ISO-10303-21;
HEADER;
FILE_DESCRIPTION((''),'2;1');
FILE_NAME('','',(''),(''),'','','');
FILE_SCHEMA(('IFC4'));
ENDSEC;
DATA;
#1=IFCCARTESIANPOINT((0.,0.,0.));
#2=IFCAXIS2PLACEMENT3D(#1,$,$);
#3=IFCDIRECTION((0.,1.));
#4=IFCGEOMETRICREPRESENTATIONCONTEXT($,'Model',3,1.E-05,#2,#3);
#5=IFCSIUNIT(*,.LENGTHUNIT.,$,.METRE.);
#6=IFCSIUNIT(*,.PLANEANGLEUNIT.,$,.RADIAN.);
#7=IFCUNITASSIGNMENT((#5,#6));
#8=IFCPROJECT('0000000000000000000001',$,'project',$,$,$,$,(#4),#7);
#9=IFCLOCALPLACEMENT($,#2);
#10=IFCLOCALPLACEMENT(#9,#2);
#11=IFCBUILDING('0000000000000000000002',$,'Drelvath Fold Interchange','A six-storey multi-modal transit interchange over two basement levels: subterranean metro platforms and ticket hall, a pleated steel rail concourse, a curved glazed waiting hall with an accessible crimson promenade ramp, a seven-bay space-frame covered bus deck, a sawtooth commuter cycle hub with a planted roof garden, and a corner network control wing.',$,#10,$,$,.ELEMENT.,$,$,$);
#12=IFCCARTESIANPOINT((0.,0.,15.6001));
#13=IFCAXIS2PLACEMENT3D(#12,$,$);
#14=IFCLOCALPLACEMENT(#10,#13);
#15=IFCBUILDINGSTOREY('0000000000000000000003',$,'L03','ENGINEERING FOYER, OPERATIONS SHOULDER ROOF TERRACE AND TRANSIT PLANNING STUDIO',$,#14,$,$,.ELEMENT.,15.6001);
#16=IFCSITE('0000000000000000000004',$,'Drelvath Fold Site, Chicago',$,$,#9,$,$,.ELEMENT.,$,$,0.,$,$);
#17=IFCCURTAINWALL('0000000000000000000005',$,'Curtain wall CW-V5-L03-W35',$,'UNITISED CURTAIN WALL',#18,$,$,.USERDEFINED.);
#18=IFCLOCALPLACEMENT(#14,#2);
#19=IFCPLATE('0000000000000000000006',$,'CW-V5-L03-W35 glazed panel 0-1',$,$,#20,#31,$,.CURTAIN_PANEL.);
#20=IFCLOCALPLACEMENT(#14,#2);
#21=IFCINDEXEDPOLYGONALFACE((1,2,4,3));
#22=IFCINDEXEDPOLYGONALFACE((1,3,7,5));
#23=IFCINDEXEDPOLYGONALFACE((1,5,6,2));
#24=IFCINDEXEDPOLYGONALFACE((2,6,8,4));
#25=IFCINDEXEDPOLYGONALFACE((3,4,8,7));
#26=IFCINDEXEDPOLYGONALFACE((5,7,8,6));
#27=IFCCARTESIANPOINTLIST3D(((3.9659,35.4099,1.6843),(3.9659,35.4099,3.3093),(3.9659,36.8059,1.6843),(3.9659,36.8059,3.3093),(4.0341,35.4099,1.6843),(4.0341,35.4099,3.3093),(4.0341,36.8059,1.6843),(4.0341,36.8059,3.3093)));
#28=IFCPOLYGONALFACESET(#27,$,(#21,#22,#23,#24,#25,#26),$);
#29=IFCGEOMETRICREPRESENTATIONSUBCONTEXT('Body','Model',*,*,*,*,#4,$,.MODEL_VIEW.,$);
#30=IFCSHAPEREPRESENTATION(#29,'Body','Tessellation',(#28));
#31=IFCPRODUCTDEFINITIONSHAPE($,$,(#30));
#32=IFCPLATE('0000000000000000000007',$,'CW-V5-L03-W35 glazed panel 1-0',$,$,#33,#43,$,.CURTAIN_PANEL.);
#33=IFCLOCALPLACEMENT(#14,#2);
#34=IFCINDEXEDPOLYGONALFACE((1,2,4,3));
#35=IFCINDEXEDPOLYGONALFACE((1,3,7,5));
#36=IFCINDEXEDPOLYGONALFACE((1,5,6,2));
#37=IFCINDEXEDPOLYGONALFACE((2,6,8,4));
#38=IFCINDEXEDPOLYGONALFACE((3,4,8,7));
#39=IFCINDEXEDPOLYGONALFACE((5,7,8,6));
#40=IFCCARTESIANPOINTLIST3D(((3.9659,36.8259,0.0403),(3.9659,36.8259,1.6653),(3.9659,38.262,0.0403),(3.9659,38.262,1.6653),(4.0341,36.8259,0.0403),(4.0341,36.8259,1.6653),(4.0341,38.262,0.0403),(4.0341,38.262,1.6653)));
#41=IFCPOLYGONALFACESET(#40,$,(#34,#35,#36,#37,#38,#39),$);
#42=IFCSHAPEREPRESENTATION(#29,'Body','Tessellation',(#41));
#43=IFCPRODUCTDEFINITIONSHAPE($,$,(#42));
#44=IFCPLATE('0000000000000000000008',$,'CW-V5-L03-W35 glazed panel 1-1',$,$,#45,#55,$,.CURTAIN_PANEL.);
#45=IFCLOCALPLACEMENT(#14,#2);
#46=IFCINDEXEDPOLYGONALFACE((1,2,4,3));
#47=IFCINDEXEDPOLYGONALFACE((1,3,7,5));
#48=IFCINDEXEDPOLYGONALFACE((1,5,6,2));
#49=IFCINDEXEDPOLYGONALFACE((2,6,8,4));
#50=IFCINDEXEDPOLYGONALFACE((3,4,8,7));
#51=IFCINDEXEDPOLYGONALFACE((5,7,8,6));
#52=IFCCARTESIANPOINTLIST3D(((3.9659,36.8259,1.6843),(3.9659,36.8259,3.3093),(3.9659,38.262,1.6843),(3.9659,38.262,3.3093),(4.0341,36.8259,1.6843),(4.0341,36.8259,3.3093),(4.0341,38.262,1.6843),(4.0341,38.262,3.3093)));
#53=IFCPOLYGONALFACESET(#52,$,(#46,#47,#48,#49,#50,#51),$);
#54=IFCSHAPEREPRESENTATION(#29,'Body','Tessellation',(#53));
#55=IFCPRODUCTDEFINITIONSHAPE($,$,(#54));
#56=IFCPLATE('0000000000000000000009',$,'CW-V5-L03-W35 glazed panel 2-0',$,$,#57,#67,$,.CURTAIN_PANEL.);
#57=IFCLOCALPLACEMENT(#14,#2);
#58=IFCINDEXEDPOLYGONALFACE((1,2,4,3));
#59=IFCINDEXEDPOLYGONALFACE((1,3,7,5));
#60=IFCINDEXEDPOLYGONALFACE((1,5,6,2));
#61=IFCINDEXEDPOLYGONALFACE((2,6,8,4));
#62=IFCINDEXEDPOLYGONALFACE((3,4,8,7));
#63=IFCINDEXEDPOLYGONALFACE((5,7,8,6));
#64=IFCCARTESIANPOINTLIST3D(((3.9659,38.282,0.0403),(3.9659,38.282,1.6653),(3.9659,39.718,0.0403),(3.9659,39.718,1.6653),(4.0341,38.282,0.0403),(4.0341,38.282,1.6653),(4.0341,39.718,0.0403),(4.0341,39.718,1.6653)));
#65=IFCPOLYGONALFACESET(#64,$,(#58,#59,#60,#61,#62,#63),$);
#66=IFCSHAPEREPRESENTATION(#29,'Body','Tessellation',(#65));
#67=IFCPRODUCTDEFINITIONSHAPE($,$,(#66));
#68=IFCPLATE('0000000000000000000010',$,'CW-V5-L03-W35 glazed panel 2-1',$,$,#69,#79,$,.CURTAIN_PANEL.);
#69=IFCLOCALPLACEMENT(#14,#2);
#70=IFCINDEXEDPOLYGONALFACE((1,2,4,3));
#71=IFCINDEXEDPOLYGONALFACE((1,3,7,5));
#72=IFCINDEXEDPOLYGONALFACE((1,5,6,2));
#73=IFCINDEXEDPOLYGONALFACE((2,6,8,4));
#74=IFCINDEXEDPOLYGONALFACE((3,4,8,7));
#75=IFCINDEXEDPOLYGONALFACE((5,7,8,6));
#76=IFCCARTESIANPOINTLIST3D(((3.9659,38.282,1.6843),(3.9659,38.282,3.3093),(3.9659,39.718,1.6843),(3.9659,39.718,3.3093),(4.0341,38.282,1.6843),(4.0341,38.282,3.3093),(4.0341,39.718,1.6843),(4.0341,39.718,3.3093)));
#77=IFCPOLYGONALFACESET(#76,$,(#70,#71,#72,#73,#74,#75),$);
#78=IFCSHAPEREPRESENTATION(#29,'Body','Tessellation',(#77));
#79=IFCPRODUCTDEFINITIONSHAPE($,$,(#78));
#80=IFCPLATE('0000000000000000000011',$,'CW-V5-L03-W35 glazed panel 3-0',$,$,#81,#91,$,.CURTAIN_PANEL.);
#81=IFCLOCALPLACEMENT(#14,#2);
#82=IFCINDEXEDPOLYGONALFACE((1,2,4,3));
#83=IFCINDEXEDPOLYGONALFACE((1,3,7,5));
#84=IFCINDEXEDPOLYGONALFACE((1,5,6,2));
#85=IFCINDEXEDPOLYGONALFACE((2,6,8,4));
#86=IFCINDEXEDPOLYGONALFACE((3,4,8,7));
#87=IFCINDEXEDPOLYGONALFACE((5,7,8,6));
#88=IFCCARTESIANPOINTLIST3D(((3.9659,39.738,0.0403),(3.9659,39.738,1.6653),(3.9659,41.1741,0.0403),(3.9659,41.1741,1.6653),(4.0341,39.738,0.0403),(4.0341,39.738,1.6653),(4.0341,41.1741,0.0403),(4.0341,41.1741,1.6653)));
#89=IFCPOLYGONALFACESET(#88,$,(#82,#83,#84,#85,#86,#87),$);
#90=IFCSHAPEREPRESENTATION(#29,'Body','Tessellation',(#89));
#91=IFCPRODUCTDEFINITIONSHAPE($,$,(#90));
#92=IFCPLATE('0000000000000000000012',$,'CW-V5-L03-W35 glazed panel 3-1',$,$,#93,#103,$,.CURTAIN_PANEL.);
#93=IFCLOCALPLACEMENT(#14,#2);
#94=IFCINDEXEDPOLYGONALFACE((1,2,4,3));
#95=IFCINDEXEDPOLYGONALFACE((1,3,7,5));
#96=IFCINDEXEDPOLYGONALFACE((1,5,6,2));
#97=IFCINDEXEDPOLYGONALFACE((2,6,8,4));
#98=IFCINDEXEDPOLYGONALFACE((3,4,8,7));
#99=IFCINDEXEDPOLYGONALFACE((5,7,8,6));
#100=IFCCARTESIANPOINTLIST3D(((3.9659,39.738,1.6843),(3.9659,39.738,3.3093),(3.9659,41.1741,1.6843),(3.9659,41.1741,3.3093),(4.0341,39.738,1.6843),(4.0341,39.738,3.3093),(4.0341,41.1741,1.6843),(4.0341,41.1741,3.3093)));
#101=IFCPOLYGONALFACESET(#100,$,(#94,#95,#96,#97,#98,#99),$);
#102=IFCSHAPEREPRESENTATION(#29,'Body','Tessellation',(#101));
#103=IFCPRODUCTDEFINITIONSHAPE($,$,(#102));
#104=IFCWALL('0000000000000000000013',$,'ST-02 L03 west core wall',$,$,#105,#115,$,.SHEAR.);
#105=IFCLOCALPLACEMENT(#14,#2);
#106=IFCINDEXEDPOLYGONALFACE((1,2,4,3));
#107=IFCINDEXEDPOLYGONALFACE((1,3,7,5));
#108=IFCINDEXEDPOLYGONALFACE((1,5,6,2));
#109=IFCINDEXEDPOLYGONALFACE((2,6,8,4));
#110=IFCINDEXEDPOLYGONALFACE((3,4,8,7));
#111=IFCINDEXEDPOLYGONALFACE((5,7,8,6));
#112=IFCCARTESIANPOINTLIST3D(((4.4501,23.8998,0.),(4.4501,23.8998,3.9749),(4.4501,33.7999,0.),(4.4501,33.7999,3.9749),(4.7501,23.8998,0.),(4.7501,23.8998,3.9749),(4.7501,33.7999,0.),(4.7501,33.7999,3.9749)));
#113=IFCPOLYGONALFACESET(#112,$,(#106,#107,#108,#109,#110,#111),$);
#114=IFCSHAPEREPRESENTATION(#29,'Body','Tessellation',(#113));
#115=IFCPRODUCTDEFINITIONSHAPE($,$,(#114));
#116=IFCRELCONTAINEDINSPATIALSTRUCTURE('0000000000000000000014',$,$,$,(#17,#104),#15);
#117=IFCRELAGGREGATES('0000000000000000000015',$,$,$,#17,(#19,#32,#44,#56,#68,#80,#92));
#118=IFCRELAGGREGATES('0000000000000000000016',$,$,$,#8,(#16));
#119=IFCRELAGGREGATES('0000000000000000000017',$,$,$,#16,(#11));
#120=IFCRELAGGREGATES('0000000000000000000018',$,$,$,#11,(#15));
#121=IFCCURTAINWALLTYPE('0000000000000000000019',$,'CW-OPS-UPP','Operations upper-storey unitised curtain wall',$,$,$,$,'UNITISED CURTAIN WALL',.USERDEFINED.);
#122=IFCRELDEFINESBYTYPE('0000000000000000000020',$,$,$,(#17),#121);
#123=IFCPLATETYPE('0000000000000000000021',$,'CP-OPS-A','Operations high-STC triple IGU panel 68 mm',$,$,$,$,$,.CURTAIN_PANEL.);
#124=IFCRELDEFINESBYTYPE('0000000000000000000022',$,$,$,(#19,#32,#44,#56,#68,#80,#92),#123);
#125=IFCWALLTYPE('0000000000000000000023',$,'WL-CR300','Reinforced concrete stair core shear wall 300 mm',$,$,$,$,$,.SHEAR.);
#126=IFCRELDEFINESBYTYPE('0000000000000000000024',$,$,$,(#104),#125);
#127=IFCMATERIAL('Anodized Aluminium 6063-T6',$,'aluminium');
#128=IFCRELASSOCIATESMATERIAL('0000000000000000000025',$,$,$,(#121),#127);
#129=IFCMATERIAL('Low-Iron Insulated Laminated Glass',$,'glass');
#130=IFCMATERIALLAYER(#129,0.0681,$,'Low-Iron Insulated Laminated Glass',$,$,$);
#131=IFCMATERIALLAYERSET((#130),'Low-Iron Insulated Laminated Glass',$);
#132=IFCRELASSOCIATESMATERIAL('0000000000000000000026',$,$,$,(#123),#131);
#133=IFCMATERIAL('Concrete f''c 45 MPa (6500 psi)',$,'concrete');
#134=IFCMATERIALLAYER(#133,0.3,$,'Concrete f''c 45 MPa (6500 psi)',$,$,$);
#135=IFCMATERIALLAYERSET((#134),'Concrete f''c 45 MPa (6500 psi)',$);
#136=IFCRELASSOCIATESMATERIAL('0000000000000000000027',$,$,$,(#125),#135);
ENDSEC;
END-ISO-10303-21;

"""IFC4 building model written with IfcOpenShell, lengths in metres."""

from ifc_helpers import new_model, si_unit, direction, frame, frame_2d, origin, origin_2d, place, context, subcontext, project, spatial, rectangle, extrude, material, layer, layer_set, type_object, element, aggregate, save


model = new_model("IFC4")

# Units and contexts
model_context = context("Model", 3, precision=1e-05, world=origin(), true_north=direction((0.0, 1.0)))
body_context = subcontext(model_context, "Body", "Model", "MODEL_VIEW")
ifc_project = project(units=[si_unit("LENGTHUNIT", "METRE"), si_unit("PLANEANGLEUNIT", "RADIAN")], contexts=[model_context])

# Site, building, storey
site_placement = place(None, origin())
site = spatial("IfcSite", under=ifc_project, at=site_placement, Name="Drelvath Fold Site, Chicago", CompositionType="ELEMENT", RefElevation=0.0)
building_placement = place(site_placement, origin())
building = spatial("IfcBuilding", under=site, at=building_placement, Name="Drelvath Fold Interchange", Description="A six-storey multi-modal transit interchange over two basement levels: subterranean metro platforms and ticket hall, a pleated steel rail concourse, a curved glazed waiting hall with an accessible crimson promenade ramp, a seven-bay space-frame covered bus deck, a sawtooth commuter cycle hub with a planted roof garden, and a corner network control wing.", CompositionType="ELEMENT")
storey_placement = place(building_placement, frame((0.0, 0.0, 15.6001)))
storey = spatial("IfcBuildingStorey", under=building, at=storey_placement, Name="L03", Description="ENGINEERING FOYER, OPERATIONS SHOULDER ROOF TERRACE AND TRANSIT PLANNING STUDIO", CompositionType="ELEMENT", Elevation=15.6001)

# Curtain wall, plates
ifc_material_1 = material(Name="Anodized Aluminium 6063-T6", Category="aluminium")
curtain_wall_type = type_object("IfcCurtainWallType", Name="CW-OPS-UPP", Description="Operations upper-storey unitised curtain wall", ElementType="UNITISED CURTAIN WALL", PredefinedType="USERDEFINED", material=ifc_material_1)
curtain_wall_placement = place(storey_placement, origin())
curtain_wall = element("IfcCurtainWall", 1, at=curtain_wall_placement, inside=storey, type_object=curtain_wall_type, Name="Curtain wall CW-V5-L03-W35", ObjectType="UNITISED CURTAIN WALL", PredefinedType="USERDEFINED")
ifc_material_2 = material(Name="Low-Iron Insulated Laminated Glass", Category="glass")
ifc_layer_1 = layer(ifc_material_2, 0.0681, Name="Low-Iron Insulated Laminated Glass")
ifc_layer_set_1 = layer_set([ifc_layer_1], Name="Low-Iron Insulated Laminated Glass")
plate_type = type_object("IfcPlateType", Name="CP-OPS-A", Description="Operations high-STC triple IGU panel 68 mm", PredefinedType="CURTAIN_PANEL", material=ifc_layer_set_1)
plate_1_placement = place(storey_placement, frame((4.0, 36.1079, 1.6843), z_axis=(0.0, 0.0, 1.0), x_axis=(0.0, 1.0, 0.0)))
plate_1 = element("IfcPlate", 2, at=plate_1_placement, type_object=plate_type, Name="CW-V5-L03-W35 glazed panel 0-1", PredefinedType="CURTAIN_PANEL", context=body_context, shape_type="SweptSolid", body=[
    extrude(rectangle(XDim=1.396, YDim=0.0681, at=origin_2d()), origin(), (0.0, 0.0, 1.0), 1.625),
])
plate_2_placement = place(storey_placement, frame((4.0, 37.5439, 0.0403), z_axis=(0.0, 0.0, 1.0), x_axis=(0.0, 1.0, 0.0)))
plate_2 = element("IfcPlate", 3, at=plate_2_placement, type_object=plate_type, Name="CW-V5-L03-W35 glazed panel 1-0", PredefinedType="CURTAIN_PANEL", context=body_context, shape_type="SweptSolid", body=[
    extrude(rectangle(XDim=1.436, YDim=0.0681, at=origin_2d()), origin(), (0.0, 0.0, 1.0), 1.625),
])
plate_3_placement = place(storey_placement, frame((4.0, 37.5439, 1.6843), z_axis=(0.0, 0.0, 1.0), x_axis=(0.0, 1.0, 0.0)))
plate_3 = element("IfcPlate", 4, at=plate_3_placement, type_object=plate_type, Name="CW-V5-L03-W35 glazed panel 1-1", PredefinedType="CURTAIN_PANEL", context=body_context, shape_type="SweptSolid", body=[
    extrude(rectangle(XDim=1.436, YDim=0.0681, at=origin_2d()), origin(), (0.0, 0.0, 1.0), 1.625),
])
plate_4_placement = place(storey_placement, frame((4.0, 39.0, 0.0403), z_axis=(0.0, 0.0, 1.0), x_axis=(0.0, 1.0, 0.0)))
plate_4 = element("IfcPlate", 5, at=plate_4_placement, type_object=plate_type, Name="CW-V5-L03-W35 glazed panel 2-0", PredefinedType="CURTAIN_PANEL", context=body_context, shape_type="SweptSolid", body=[
    extrude(rectangle(XDim=1.436, YDim=0.0681, at=origin_2d()), origin(), (0.0, 0.0, 1.0), 1.625),
])
plate_5_placement = place(storey_placement, frame((4.0, 39.0, 1.6843), z_axis=(0.0, 0.0, 1.0), x_axis=(0.0, 1.0, 0.0)))
plate_5 = element("IfcPlate", 6, at=plate_5_placement, type_object=plate_type, Name="CW-V5-L03-W35 glazed panel 2-1", PredefinedType="CURTAIN_PANEL", context=body_context, shape_type="SweptSolid", body=[
    extrude(rectangle(XDim=1.436, YDim=0.0681, at=origin_2d()), origin(), (0.0, 0.0, 1.0), 1.625),
])
plate_6_placement = place(storey_placement, frame((4.0, 40.4561, 0.0403), z_axis=(0.0, 0.0, 1.0), x_axis=(0.0, 1.0, 0.0)))
plate_6 = element("IfcPlate", 7, at=plate_6_placement, type_object=plate_type, Name="CW-V5-L03-W35 glazed panel 3-0", PredefinedType="CURTAIN_PANEL", context=body_context, shape_type="SweptSolid", body=[
    extrude(rectangle(XDim=1.436, YDim=0.0681, at=origin_2d()), origin(), (0.0, 0.0, 1.0), 1.625),
])
plate_7_placement = place(storey_placement, frame((4.0, 40.4561, 1.6843), z_axis=(0.0, 0.0, 1.0), x_axis=(0.0, 1.0, 0.0)))
plate_7 = element("IfcPlate", 8, at=plate_7_placement, type_object=plate_type, Name="CW-V5-L03-W35 glazed panel 3-1", PredefinedType="CURTAIN_PANEL", context=body_context, shape_type="SweptSolid", body=[
    extrude(rectangle(XDim=1.436, YDim=0.0681, at=origin_2d()), origin(), (0.0, 0.0, 1.0), 1.625),
])
aggregate(curtain_wall, [plate_1, plate_2, plate_3, plate_4, plate_5, plate_6, plate_7])

# Wall
ifc_material_3 = material(Name="Concrete f'c 45 MPa (6500 psi)", Category="concrete")
ifc_layer_2 = layer(ifc_material_3, 0.3, Name="Concrete f'c 45 MPa (6500 psi)")
ifc_layer_set_2 = layer_set([ifc_layer_2], Name="Concrete f'c 45 MPa (6500 psi)")
wall_type = type_object("IfcWallType", Name="WL-CR300", Description="Reinforced concrete stair core shear wall 300 mm", PredefinedType="SHEAR", material=ifc_layer_set_2)
wall_placement = place(storey_placement, frame((4.6001, 33.8, 0.0), z_axis=(0.0, 0.0, 1.0), x_axis=(0.0, -1.0, 0.0)))
element("IfcWall", 9, at=wall_placement, inside=storey, type_object=wall_type, Name="ST-02 L03 west core wall", PredefinedType="SHEAR", context=body_context, shape_type="SweptSolid", body=[
    extrude(rectangle(XDim=9.9001, YDim=0.3, at=frame_2d((4.9502, 0.0))), origin(), (0.0, 0.0, 1.0), 3.9749),
])

save(model, "model.ifc")
